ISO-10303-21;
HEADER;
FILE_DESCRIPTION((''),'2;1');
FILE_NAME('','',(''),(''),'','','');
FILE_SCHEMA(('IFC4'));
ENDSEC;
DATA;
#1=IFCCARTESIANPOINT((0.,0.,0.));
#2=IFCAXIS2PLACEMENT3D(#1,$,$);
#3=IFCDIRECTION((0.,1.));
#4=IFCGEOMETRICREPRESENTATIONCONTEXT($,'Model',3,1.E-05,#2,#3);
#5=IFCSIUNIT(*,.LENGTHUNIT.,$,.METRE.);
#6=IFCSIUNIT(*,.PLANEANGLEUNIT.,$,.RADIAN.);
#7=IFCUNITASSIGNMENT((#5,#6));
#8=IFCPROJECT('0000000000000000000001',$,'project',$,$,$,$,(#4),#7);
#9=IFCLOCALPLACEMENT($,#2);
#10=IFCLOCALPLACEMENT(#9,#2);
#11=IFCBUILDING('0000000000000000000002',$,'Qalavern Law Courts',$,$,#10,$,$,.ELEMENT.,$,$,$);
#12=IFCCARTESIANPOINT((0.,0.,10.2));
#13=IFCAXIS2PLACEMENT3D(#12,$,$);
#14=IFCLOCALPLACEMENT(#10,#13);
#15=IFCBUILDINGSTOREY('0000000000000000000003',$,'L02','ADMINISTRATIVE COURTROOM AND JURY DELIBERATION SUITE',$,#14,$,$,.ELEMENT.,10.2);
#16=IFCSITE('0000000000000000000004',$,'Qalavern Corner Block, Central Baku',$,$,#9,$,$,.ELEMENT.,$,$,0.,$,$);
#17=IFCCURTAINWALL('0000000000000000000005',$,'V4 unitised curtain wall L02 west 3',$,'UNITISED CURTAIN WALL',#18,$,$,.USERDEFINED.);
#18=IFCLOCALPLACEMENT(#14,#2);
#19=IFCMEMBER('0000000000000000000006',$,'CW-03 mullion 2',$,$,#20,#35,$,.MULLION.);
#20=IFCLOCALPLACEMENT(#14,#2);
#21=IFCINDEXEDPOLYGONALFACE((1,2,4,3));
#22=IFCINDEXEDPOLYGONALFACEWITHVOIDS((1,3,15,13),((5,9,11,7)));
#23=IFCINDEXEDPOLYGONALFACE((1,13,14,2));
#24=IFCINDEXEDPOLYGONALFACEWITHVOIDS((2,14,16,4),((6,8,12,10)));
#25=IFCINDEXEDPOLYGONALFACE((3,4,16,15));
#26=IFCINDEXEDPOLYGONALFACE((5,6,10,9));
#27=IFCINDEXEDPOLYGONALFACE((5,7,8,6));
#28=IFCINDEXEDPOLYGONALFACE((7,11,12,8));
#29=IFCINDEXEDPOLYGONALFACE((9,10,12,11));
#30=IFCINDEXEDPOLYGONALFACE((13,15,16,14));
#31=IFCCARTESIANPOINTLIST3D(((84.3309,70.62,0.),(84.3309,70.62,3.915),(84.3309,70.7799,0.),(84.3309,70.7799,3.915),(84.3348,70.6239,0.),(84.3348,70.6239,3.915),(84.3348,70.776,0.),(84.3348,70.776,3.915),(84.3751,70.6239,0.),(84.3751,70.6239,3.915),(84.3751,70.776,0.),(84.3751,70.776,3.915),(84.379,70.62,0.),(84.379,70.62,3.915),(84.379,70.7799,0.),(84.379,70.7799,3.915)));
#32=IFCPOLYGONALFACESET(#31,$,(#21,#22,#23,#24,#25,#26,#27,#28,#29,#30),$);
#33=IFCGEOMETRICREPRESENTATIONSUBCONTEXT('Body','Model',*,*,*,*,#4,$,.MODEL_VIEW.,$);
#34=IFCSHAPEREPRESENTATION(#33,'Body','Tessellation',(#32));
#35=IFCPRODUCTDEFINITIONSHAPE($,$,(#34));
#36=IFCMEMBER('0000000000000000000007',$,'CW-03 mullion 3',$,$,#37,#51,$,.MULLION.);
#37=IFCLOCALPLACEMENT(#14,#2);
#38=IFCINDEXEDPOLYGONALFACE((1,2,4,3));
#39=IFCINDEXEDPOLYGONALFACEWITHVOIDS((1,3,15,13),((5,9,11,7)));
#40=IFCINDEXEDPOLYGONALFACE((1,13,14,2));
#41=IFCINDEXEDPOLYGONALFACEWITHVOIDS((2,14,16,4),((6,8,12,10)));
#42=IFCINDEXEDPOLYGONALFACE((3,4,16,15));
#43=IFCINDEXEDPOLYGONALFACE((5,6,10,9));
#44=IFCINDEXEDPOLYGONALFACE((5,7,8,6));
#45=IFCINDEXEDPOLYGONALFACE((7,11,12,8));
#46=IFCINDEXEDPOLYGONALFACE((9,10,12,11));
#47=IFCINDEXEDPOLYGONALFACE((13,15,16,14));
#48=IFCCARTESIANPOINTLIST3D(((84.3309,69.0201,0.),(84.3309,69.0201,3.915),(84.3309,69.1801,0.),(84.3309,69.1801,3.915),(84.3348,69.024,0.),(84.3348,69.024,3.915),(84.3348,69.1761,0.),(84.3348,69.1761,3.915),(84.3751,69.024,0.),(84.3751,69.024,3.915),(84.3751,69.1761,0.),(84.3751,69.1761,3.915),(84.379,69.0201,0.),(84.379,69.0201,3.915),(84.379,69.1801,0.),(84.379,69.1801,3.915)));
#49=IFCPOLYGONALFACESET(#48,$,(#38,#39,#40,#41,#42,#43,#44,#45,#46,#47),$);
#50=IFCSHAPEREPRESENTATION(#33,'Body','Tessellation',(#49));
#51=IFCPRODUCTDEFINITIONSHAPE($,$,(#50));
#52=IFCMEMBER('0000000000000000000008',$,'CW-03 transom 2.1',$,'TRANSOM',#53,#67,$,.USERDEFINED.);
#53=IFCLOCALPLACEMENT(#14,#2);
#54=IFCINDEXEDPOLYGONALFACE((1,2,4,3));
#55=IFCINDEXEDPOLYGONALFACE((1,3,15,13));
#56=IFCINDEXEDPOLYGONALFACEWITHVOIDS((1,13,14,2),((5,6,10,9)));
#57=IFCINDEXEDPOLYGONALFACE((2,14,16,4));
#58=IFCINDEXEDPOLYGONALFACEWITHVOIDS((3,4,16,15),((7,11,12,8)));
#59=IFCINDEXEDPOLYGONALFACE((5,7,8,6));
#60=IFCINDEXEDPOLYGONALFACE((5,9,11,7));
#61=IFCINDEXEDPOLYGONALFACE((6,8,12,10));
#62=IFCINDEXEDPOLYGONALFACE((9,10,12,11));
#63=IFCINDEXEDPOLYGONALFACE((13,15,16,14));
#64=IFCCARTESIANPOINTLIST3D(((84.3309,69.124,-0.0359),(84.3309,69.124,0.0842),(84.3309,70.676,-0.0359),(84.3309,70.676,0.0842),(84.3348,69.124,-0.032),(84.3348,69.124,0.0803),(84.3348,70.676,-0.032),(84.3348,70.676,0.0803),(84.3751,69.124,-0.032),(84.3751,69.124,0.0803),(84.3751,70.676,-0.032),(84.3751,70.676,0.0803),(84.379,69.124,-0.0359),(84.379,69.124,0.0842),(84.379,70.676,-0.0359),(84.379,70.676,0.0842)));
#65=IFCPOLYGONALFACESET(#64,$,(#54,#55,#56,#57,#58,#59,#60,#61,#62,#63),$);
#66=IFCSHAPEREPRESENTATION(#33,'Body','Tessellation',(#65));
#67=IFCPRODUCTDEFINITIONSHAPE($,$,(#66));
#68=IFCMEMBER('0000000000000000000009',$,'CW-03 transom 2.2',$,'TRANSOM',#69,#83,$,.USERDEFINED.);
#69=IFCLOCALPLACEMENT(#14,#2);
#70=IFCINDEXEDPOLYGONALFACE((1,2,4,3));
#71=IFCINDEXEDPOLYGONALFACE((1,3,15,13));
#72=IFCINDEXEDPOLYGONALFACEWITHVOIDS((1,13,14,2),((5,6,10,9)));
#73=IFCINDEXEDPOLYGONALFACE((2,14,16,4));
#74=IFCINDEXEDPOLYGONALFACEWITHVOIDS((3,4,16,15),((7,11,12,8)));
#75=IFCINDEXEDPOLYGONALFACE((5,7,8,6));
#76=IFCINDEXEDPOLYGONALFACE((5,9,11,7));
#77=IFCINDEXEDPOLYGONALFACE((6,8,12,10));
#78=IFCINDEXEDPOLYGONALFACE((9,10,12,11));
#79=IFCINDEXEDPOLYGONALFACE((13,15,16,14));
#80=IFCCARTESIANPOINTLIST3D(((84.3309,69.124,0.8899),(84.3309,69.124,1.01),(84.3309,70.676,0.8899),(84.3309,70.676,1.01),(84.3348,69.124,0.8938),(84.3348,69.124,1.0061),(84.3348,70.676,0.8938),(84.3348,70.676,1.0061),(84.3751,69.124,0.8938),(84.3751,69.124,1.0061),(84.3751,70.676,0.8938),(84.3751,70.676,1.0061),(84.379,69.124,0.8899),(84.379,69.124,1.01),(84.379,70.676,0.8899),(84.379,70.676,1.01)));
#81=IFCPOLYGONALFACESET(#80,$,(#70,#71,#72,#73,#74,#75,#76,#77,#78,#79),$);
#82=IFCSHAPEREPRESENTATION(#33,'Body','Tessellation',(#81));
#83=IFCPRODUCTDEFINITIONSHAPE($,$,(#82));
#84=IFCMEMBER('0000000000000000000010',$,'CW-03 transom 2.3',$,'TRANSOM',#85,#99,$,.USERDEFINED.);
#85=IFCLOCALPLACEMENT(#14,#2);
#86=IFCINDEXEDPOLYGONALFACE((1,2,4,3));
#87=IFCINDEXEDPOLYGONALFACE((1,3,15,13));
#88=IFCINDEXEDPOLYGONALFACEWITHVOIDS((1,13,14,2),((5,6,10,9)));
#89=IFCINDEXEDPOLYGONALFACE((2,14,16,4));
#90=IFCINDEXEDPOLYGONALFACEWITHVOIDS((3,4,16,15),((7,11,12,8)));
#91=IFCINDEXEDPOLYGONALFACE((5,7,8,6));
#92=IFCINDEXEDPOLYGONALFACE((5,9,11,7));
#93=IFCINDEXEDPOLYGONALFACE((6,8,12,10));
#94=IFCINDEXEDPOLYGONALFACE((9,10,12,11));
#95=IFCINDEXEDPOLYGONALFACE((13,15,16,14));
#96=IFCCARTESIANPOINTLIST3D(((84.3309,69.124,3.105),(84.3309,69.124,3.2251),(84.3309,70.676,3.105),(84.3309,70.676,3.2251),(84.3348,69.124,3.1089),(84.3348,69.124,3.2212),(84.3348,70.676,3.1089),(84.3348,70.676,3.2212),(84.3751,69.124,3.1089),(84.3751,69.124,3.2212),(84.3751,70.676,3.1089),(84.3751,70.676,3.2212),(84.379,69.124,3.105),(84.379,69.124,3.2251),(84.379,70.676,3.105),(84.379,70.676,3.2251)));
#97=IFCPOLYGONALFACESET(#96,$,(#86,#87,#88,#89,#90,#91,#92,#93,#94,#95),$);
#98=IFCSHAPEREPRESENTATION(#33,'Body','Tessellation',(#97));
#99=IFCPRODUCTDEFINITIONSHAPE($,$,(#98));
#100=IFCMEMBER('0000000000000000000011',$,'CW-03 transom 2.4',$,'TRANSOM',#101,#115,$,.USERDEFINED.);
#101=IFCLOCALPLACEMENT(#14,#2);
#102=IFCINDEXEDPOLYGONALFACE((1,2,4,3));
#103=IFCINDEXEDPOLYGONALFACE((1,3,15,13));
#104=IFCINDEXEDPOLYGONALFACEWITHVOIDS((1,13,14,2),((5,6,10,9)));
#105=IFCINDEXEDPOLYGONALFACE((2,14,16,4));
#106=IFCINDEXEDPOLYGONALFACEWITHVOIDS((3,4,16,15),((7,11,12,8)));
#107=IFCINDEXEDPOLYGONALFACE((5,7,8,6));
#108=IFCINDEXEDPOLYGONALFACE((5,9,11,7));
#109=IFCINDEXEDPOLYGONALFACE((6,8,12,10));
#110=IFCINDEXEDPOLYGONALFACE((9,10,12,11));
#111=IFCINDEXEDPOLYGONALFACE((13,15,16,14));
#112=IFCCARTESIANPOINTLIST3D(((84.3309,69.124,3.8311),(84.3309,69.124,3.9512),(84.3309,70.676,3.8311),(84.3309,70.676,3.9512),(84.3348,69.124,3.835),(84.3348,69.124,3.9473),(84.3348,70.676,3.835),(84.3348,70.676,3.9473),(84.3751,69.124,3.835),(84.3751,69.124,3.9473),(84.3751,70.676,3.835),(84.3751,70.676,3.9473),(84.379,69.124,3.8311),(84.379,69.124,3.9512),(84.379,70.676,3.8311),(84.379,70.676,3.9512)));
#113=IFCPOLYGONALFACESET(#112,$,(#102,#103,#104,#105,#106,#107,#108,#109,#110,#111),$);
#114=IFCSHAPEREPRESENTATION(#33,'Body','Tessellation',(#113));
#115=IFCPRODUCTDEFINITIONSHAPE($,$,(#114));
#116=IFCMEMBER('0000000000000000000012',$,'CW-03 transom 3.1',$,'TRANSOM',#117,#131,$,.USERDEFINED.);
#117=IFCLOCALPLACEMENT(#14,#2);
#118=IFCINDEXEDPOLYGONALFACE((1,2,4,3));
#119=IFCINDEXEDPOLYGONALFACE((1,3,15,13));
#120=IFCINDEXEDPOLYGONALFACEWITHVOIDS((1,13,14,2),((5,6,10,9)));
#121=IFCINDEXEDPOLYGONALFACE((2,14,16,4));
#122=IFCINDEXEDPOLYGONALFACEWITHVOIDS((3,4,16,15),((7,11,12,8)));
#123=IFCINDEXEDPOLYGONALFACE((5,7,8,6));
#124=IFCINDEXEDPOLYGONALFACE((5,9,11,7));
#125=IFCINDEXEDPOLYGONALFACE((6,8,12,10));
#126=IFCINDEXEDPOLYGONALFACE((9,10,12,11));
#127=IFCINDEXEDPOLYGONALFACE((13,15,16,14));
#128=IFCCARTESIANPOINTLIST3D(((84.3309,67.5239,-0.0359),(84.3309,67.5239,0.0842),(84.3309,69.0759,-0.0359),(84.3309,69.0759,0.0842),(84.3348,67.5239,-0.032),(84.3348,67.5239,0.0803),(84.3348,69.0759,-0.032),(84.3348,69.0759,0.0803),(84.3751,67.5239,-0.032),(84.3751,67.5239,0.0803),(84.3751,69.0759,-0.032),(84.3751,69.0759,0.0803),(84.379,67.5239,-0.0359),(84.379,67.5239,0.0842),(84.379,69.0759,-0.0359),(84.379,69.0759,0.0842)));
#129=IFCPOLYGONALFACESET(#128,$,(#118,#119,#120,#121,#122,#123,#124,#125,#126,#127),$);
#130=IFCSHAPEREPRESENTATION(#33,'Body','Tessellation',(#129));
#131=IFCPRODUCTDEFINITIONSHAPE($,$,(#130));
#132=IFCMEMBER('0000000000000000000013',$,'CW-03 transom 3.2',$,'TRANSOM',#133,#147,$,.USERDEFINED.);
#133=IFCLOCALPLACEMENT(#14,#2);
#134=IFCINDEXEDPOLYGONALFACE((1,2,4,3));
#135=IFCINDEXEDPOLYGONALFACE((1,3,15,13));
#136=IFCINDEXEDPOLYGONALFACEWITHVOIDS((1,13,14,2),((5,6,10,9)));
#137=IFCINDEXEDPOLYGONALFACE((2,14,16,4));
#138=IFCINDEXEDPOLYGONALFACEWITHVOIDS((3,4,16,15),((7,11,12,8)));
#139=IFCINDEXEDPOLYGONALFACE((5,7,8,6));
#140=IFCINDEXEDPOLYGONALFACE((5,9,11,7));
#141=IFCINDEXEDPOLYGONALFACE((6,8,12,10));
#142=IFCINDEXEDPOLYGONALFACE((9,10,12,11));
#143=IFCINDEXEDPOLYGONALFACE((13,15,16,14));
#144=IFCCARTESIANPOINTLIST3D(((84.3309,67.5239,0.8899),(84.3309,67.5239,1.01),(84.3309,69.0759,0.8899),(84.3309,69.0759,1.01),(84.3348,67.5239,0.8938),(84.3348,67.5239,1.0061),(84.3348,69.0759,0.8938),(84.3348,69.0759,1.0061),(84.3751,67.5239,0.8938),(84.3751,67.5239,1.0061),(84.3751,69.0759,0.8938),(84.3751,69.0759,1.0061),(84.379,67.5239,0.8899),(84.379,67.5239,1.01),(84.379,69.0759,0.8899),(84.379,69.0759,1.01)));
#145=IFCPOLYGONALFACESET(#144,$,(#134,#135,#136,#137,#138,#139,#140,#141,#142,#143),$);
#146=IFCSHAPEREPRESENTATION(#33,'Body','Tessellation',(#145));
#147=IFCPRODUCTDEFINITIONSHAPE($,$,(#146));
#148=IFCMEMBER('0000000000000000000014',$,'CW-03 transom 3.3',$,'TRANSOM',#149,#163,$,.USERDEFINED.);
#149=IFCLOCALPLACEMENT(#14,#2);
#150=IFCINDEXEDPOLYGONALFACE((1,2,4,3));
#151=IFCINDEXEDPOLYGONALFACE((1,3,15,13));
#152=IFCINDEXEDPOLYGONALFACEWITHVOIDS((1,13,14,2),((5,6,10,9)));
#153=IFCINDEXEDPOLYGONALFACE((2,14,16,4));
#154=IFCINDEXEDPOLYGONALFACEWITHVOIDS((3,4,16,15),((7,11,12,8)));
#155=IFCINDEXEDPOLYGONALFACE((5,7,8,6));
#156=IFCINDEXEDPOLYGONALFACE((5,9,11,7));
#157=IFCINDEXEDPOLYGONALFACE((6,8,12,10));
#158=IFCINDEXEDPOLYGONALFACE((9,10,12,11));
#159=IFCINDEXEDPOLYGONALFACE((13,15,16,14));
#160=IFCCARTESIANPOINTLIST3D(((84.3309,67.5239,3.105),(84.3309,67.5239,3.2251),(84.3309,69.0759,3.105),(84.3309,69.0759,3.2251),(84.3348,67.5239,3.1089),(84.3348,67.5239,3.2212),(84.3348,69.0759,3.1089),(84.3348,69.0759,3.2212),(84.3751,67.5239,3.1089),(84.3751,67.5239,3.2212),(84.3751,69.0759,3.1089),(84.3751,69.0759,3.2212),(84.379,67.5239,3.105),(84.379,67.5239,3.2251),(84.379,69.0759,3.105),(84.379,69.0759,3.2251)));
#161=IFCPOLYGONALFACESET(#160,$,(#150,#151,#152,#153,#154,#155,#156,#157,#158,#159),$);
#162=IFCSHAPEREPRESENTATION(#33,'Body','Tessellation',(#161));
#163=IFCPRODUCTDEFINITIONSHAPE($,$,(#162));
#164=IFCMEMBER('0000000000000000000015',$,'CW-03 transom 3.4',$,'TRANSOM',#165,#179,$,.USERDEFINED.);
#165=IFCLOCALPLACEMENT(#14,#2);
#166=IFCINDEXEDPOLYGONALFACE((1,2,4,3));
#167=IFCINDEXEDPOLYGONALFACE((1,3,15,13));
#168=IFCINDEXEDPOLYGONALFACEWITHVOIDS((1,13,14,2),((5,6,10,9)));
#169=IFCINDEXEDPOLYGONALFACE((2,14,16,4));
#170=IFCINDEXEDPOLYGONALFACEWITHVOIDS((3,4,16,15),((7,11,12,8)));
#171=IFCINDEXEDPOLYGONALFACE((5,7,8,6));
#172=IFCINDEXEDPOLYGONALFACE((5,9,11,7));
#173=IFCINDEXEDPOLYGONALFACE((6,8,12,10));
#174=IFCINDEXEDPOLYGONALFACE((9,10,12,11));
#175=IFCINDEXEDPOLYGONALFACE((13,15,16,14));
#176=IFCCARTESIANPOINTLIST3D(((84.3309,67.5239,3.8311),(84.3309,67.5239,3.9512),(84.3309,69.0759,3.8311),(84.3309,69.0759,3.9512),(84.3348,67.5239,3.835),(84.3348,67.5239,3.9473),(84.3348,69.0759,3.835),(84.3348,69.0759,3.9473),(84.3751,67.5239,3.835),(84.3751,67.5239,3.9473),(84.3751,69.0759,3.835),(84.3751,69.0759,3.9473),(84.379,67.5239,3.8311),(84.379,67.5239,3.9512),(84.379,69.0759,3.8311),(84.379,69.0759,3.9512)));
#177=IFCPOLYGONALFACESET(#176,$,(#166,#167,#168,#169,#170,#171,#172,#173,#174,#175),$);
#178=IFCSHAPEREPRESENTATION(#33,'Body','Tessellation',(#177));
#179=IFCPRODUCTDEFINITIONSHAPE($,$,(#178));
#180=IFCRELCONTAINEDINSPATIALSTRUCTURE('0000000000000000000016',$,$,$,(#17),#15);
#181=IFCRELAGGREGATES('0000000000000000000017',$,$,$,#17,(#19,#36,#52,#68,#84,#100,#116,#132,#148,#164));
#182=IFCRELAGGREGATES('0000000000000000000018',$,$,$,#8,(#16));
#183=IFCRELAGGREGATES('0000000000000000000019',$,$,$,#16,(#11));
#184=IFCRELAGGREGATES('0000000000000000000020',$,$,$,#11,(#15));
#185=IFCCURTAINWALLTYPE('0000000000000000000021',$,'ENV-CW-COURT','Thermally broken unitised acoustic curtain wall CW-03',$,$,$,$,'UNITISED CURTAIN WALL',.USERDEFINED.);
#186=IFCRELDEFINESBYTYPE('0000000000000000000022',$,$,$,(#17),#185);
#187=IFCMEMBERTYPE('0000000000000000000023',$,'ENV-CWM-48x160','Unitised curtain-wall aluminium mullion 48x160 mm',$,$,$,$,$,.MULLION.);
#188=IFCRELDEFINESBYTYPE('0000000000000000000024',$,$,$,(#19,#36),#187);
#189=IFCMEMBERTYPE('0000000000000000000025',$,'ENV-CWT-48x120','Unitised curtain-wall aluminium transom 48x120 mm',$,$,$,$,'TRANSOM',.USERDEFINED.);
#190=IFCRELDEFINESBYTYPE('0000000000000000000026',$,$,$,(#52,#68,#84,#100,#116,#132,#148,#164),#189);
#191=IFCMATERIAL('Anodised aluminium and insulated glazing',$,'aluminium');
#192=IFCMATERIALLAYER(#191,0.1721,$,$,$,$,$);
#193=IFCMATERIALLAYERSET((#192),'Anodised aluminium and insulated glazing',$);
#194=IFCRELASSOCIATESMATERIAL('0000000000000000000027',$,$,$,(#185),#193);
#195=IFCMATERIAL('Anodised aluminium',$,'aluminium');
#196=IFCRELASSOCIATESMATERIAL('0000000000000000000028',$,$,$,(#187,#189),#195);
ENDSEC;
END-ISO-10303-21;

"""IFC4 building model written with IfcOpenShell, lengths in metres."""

from ifc_helpers import new_model, si_unit, direction, frame, origin, origin_2d, place, context, subcontext, project, spatial, hollow_rectangle, extrude, material, layer, layer_set, material_profile, profile_set, type_object, element, aggregate, save


model = new_model("IFC4")

# Units and contexts
model_context = context("Model", 3, precision=1e-05, world=origin(), true_north=direction((0.0, 1.0)))
body_context = subcontext(model_context, "Body", "Model", "MODEL_VIEW")
ifc_project = project(units=[si_unit("LENGTHUNIT", "METRE"), si_unit("PLANEANGLEUNIT", "RADIAN")], contexts=[model_context])

# Site, building, storey
site_placement = place(None, origin())
site = spatial("IfcSite", under=ifc_project, at=site_placement, Name="Qalavern Corner Block, Central Baku", CompositionType="ELEMENT", RefElevation=0.0)
building_placement = place(site_placement, origin())
building = spatial("IfcBuilding", under=site, at=building_placement, Name="Qalavern Law Courts", CompositionType="ELEMENT")
storey_placement = place(building_placement, frame((0.0, 0.0, 10.2)))
storey = spatial("IfcBuildingStorey", under=building, at=storey_placement, Name="L02", Description="ADMINISTRATIVE COURTROOM AND JURY DELIBERATION SUITE", CompositionType="ELEMENT", Elevation=10.2)

# Curtain wall, members
ifc_material_1 = material(Name="Anodised aluminium and insulated glazing", Category="aluminium")
ifc_layer_1 = layer(ifc_material_1, 0.1721)
ifc_layer_set_1 = layer_set([ifc_layer_1], Name="Anodised aluminium and insulated glazing")
curtain_wall_type = type_object("IfcCurtainWallType", Name="ENV-CW-COURT", Description="Thermally broken unitised acoustic curtain wall CW-03", ElementType="UNITISED CURTAIN WALL", PredefinedType="USERDEFINED", material=ifc_layer_set_1)
curtain_wall_placement = place(storey_placement, origin())
curtain_wall = element("IfcCurtainWall", 1, at=curtain_wall_placement, inside=storey, type_object=curtain_wall_type, Name="V4 unitised curtain wall L02 west 3", ObjectType="UNITISED CURTAIN WALL", PredefinedType="USERDEFINED")
ifc_material_2 = material(Name="Anodised aluminium", Category="aluminium")
ifc_material_profile_1 = material_profile(ifc_material_2, hollow_rectangle(XDim=0.0481, YDim=0.1599, WallThickness=0.0039, at=origin_2d()), Name="ALU MULLION 48x160")
ifc_profile_set_1 = profile_set([ifc_material_profile_1], Name="Anodised aluminium")
member_type_1 = type_object("IfcMemberType", Name="ENV-CWM-48x160", Description="Unitised curtain-wall aluminium mullion 48x160 mm", PredefinedType="MULLION", material=ifc_profile_set_1)
member_1_placement = place(storey_placement, frame((84.355, 70.7, 0.0), z_axis=(0.0, 0.0, 1.0), x_axis=(1.0, 0.0, 0.0)))
member_1 = element("IfcMember", 2, at=member_1_placement, type_object=member_type_1, Name="CW-03 mullion 2", PredefinedType="MULLION", context=body_context, shape_type="SweptSolid", body=[
    extrude(hollow_rectangle(XDim=0.0481, YDim=0.1599, WallThickness=0.0039, at=origin_2d()), origin(), (0.0, 0.0, 1.0), 3.915),
])
member_2_placement = place(storey_placement, frame((84.355, 69.1001, 0.0), z_axis=(0.0, 0.0, 1.0), x_axis=(1.0, 0.0, 0.0)))
member_2 = element("IfcMember", 3, at=member_2_placement, type_object=member_type_1, Name="CW-03 mullion 3", PredefinedType="MULLION", context=body_context, shape_type="SweptSolid", body=[
    extrude(hollow_rectangle(XDim=0.0481, YDim=0.1599, WallThickness=0.0039, at=origin_2d()), origin(), (0.0, 0.0, 1.0), 3.915),
])
ifc_material_profile_2 = material_profile(ifc_material_2, hollow_rectangle(XDim=0.0481, YDim=0.1201, WallThickness=0.0039, at=origin_2d()), Name="ALU TRANSOM 48x120")
ifc_profile_set_2 = profile_set([ifc_material_profile_2], Name="Anodised aluminium")
member_type_2 = type_object("IfcMemberType", Name="ENV-CWT-48x120", Description="Unitised curtain-wall aluminium transom 48x120 mm", ElementType="TRANSOM", PredefinedType="USERDEFINED", material=ifc_profile_set_2)
member_3_placement = place(storey_placement, frame((84.355, 70.676, 0.0242), z_axis=(0.0, -1.0, 0.0), x_axis=(1.0, 0.0, 0.0)))
member_3 = element("IfcMember", 4, at=member_3_placement, type_object=member_type_2, Name="CW-03 transom 2.1", ObjectType="TRANSOM", PredefinedType="USERDEFINED", context=body_context, shape_type="SweptSolid", body=[
    extrude(hollow_rectangle(XDim=0.0481, YDim=0.1201, WallThickness=0.0039, at=origin_2d()), origin(), (0.0, 0.0, 1.0), 1.552),
])
member_4_placement = place(storey_placement, frame((84.355, 70.676, 0.95), z_axis=(0.0, -1.0, 0.0), x_axis=(1.0, 0.0, 0.0)))
member_4 = element("IfcMember", 5, at=member_4_placement, type_object=member_type_2, Name="CW-03 transom 2.2", ObjectType="TRANSOM", PredefinedType="USERDEFINED", context=body_context, shape_type="SweptSolid", body=[
    extrude(hollow_rectangle(XDim=0.0481, YDim=0.1201, WallThickness=0.0039, at=origin_2d()), origin(), (0.0, 0.0, 1.0), 1.552),
])
member_5_placement = place(storey_placement, frame((84.355, 70.676, 3.165), z_axis=(0.0, -1.0, 0.0), x_axis=(1.0, 0.0, 0.0)))
member_5 = element("IfcMember", 6, at=member_5_placement, type_object=member_type_2, Name="CW-03 transom 2.3", ObjectType="TRANSOM", PredefinedType="USERDEFINED", context=body_context, shape_type="SweptSolid", body=[
    extrude(hollow_rectangle(XDim=0.0481, YDim=0.1201, WallThickness=0.0039, at=origin_2d()), origin(), (0.0, 0.0, 1.0), 1.552),
])
member_6_placement = place(storey_placement, frame((84.355, 70.676, 3.8911), z_axis=(0.0, -1.0, 0.0), x_axis=(1.0, 0.0, 0.0)))
member_6 = element("IfcMember", 7, at=member_6_placement, type_object=member_type_2, Name="CW-03 transom 2.4", ObjectType="TRANSOM", PredefinedType="USERDEFINED", context=body_context, shape_type="SweptSolid", body=[
    extrude(hollow_rectangle(XDim=0.0481, YDim=0.1201, WallThickness=0.0039, at=origin_2d()), origin(), (0.0, 0.0, 1.0), 1.552),
])
member_7_placement = place(storey_placement, frame((84.355, 69.0759, 0.0242), z_axis=(0.0, -1.0, 0.0), x_axis=(1.0, 0.0, 0.0)))
member_7 = element("IfcMember", 8, at=member_7_placement, type_object=member_type_2, Name="CW-03 transom 3.1", ObjectType="TRANSOM", PredefinedType="USERDEFINED", context=body_context, shape_type="SweptSolid", body=[
    extrude(hollow_rectangle(XDim=0.0481, YDim=0.1201, WallThickness=0.0039, at=origin_2d()), origin(), (0.0, 0.0, 1.0), 1.552),
])
member_8_placement = place(storey_placement, frame((84.355, 69.0759, 0.95), z_axis=(0.0, -1.0, 0.0), x_axis=(1.0, 0.0, 0.0)))
member_8 = element("IfcMember", 9, at=member_8_placement, type_object=member_type_2, Name="CW-03 transom 3.2", ObjectType="TRANSOM", PredefinedType="USERDEFINED", context=body_context, shape_type="SweptSolid", body=[
    extrude(hollow_rectangle(XDim=0.0481, YDim=0.1201, WallThickness=0.0039, at=origin_2d()), origin(), (0.0, 0.0, 1.0), 1.552),
])
member_9_placement = place(storey_placement, frame((84.355, 69.0759, 3.165), z_axis=(0.0, -1.0, 0.0), x_axis=(1.0, 0.0, 0.0)))
member_9 = element("IfcMember", 10, at=member_9_placement, type_object=member_type_2, Name="CW-03 transom 3.3", ObjectType="TRANSOM", PredefinedType="USERDEFINED", context=body_context, shape_type="SweptSolid", body=[
    extrude(hollow_rectangle(XDim=0.0481, YDim=0.1201, WallThickness=0.0039, at=origin_2d()), origin(), (0.0, 0.0, 1.0), 1.552),
])
member_10_placement = place(storey_placement, frame((84.355, 69.0759, 3.8911), z_axis=(0.0, -1.0, 0.0), x_axis=(1.0, 0.0, 0.0)))
member_10 = element("IfcMember", 11, at=member_10_placement, type_object=member_type_2, Name="CW-03 transom 3.4", ObjectType="TRANSOM", PredefinedType="USERDEFINED", context=body_context, shape_type="SweptSolid", body=[
    extrude(hollow_rectangle(XDim=0.0481, YDim=0.1201, WallThickness=0.0039, at=origin_2d()), origin(), (0.0, 0.0, 1.0), 1.552),
])

aggregate(curtain_wall, [member_1, member_2, member_3, member_4, member_5, member_6, member_7, member_8, member_9, member_10])

save(model, "model.ifc")
